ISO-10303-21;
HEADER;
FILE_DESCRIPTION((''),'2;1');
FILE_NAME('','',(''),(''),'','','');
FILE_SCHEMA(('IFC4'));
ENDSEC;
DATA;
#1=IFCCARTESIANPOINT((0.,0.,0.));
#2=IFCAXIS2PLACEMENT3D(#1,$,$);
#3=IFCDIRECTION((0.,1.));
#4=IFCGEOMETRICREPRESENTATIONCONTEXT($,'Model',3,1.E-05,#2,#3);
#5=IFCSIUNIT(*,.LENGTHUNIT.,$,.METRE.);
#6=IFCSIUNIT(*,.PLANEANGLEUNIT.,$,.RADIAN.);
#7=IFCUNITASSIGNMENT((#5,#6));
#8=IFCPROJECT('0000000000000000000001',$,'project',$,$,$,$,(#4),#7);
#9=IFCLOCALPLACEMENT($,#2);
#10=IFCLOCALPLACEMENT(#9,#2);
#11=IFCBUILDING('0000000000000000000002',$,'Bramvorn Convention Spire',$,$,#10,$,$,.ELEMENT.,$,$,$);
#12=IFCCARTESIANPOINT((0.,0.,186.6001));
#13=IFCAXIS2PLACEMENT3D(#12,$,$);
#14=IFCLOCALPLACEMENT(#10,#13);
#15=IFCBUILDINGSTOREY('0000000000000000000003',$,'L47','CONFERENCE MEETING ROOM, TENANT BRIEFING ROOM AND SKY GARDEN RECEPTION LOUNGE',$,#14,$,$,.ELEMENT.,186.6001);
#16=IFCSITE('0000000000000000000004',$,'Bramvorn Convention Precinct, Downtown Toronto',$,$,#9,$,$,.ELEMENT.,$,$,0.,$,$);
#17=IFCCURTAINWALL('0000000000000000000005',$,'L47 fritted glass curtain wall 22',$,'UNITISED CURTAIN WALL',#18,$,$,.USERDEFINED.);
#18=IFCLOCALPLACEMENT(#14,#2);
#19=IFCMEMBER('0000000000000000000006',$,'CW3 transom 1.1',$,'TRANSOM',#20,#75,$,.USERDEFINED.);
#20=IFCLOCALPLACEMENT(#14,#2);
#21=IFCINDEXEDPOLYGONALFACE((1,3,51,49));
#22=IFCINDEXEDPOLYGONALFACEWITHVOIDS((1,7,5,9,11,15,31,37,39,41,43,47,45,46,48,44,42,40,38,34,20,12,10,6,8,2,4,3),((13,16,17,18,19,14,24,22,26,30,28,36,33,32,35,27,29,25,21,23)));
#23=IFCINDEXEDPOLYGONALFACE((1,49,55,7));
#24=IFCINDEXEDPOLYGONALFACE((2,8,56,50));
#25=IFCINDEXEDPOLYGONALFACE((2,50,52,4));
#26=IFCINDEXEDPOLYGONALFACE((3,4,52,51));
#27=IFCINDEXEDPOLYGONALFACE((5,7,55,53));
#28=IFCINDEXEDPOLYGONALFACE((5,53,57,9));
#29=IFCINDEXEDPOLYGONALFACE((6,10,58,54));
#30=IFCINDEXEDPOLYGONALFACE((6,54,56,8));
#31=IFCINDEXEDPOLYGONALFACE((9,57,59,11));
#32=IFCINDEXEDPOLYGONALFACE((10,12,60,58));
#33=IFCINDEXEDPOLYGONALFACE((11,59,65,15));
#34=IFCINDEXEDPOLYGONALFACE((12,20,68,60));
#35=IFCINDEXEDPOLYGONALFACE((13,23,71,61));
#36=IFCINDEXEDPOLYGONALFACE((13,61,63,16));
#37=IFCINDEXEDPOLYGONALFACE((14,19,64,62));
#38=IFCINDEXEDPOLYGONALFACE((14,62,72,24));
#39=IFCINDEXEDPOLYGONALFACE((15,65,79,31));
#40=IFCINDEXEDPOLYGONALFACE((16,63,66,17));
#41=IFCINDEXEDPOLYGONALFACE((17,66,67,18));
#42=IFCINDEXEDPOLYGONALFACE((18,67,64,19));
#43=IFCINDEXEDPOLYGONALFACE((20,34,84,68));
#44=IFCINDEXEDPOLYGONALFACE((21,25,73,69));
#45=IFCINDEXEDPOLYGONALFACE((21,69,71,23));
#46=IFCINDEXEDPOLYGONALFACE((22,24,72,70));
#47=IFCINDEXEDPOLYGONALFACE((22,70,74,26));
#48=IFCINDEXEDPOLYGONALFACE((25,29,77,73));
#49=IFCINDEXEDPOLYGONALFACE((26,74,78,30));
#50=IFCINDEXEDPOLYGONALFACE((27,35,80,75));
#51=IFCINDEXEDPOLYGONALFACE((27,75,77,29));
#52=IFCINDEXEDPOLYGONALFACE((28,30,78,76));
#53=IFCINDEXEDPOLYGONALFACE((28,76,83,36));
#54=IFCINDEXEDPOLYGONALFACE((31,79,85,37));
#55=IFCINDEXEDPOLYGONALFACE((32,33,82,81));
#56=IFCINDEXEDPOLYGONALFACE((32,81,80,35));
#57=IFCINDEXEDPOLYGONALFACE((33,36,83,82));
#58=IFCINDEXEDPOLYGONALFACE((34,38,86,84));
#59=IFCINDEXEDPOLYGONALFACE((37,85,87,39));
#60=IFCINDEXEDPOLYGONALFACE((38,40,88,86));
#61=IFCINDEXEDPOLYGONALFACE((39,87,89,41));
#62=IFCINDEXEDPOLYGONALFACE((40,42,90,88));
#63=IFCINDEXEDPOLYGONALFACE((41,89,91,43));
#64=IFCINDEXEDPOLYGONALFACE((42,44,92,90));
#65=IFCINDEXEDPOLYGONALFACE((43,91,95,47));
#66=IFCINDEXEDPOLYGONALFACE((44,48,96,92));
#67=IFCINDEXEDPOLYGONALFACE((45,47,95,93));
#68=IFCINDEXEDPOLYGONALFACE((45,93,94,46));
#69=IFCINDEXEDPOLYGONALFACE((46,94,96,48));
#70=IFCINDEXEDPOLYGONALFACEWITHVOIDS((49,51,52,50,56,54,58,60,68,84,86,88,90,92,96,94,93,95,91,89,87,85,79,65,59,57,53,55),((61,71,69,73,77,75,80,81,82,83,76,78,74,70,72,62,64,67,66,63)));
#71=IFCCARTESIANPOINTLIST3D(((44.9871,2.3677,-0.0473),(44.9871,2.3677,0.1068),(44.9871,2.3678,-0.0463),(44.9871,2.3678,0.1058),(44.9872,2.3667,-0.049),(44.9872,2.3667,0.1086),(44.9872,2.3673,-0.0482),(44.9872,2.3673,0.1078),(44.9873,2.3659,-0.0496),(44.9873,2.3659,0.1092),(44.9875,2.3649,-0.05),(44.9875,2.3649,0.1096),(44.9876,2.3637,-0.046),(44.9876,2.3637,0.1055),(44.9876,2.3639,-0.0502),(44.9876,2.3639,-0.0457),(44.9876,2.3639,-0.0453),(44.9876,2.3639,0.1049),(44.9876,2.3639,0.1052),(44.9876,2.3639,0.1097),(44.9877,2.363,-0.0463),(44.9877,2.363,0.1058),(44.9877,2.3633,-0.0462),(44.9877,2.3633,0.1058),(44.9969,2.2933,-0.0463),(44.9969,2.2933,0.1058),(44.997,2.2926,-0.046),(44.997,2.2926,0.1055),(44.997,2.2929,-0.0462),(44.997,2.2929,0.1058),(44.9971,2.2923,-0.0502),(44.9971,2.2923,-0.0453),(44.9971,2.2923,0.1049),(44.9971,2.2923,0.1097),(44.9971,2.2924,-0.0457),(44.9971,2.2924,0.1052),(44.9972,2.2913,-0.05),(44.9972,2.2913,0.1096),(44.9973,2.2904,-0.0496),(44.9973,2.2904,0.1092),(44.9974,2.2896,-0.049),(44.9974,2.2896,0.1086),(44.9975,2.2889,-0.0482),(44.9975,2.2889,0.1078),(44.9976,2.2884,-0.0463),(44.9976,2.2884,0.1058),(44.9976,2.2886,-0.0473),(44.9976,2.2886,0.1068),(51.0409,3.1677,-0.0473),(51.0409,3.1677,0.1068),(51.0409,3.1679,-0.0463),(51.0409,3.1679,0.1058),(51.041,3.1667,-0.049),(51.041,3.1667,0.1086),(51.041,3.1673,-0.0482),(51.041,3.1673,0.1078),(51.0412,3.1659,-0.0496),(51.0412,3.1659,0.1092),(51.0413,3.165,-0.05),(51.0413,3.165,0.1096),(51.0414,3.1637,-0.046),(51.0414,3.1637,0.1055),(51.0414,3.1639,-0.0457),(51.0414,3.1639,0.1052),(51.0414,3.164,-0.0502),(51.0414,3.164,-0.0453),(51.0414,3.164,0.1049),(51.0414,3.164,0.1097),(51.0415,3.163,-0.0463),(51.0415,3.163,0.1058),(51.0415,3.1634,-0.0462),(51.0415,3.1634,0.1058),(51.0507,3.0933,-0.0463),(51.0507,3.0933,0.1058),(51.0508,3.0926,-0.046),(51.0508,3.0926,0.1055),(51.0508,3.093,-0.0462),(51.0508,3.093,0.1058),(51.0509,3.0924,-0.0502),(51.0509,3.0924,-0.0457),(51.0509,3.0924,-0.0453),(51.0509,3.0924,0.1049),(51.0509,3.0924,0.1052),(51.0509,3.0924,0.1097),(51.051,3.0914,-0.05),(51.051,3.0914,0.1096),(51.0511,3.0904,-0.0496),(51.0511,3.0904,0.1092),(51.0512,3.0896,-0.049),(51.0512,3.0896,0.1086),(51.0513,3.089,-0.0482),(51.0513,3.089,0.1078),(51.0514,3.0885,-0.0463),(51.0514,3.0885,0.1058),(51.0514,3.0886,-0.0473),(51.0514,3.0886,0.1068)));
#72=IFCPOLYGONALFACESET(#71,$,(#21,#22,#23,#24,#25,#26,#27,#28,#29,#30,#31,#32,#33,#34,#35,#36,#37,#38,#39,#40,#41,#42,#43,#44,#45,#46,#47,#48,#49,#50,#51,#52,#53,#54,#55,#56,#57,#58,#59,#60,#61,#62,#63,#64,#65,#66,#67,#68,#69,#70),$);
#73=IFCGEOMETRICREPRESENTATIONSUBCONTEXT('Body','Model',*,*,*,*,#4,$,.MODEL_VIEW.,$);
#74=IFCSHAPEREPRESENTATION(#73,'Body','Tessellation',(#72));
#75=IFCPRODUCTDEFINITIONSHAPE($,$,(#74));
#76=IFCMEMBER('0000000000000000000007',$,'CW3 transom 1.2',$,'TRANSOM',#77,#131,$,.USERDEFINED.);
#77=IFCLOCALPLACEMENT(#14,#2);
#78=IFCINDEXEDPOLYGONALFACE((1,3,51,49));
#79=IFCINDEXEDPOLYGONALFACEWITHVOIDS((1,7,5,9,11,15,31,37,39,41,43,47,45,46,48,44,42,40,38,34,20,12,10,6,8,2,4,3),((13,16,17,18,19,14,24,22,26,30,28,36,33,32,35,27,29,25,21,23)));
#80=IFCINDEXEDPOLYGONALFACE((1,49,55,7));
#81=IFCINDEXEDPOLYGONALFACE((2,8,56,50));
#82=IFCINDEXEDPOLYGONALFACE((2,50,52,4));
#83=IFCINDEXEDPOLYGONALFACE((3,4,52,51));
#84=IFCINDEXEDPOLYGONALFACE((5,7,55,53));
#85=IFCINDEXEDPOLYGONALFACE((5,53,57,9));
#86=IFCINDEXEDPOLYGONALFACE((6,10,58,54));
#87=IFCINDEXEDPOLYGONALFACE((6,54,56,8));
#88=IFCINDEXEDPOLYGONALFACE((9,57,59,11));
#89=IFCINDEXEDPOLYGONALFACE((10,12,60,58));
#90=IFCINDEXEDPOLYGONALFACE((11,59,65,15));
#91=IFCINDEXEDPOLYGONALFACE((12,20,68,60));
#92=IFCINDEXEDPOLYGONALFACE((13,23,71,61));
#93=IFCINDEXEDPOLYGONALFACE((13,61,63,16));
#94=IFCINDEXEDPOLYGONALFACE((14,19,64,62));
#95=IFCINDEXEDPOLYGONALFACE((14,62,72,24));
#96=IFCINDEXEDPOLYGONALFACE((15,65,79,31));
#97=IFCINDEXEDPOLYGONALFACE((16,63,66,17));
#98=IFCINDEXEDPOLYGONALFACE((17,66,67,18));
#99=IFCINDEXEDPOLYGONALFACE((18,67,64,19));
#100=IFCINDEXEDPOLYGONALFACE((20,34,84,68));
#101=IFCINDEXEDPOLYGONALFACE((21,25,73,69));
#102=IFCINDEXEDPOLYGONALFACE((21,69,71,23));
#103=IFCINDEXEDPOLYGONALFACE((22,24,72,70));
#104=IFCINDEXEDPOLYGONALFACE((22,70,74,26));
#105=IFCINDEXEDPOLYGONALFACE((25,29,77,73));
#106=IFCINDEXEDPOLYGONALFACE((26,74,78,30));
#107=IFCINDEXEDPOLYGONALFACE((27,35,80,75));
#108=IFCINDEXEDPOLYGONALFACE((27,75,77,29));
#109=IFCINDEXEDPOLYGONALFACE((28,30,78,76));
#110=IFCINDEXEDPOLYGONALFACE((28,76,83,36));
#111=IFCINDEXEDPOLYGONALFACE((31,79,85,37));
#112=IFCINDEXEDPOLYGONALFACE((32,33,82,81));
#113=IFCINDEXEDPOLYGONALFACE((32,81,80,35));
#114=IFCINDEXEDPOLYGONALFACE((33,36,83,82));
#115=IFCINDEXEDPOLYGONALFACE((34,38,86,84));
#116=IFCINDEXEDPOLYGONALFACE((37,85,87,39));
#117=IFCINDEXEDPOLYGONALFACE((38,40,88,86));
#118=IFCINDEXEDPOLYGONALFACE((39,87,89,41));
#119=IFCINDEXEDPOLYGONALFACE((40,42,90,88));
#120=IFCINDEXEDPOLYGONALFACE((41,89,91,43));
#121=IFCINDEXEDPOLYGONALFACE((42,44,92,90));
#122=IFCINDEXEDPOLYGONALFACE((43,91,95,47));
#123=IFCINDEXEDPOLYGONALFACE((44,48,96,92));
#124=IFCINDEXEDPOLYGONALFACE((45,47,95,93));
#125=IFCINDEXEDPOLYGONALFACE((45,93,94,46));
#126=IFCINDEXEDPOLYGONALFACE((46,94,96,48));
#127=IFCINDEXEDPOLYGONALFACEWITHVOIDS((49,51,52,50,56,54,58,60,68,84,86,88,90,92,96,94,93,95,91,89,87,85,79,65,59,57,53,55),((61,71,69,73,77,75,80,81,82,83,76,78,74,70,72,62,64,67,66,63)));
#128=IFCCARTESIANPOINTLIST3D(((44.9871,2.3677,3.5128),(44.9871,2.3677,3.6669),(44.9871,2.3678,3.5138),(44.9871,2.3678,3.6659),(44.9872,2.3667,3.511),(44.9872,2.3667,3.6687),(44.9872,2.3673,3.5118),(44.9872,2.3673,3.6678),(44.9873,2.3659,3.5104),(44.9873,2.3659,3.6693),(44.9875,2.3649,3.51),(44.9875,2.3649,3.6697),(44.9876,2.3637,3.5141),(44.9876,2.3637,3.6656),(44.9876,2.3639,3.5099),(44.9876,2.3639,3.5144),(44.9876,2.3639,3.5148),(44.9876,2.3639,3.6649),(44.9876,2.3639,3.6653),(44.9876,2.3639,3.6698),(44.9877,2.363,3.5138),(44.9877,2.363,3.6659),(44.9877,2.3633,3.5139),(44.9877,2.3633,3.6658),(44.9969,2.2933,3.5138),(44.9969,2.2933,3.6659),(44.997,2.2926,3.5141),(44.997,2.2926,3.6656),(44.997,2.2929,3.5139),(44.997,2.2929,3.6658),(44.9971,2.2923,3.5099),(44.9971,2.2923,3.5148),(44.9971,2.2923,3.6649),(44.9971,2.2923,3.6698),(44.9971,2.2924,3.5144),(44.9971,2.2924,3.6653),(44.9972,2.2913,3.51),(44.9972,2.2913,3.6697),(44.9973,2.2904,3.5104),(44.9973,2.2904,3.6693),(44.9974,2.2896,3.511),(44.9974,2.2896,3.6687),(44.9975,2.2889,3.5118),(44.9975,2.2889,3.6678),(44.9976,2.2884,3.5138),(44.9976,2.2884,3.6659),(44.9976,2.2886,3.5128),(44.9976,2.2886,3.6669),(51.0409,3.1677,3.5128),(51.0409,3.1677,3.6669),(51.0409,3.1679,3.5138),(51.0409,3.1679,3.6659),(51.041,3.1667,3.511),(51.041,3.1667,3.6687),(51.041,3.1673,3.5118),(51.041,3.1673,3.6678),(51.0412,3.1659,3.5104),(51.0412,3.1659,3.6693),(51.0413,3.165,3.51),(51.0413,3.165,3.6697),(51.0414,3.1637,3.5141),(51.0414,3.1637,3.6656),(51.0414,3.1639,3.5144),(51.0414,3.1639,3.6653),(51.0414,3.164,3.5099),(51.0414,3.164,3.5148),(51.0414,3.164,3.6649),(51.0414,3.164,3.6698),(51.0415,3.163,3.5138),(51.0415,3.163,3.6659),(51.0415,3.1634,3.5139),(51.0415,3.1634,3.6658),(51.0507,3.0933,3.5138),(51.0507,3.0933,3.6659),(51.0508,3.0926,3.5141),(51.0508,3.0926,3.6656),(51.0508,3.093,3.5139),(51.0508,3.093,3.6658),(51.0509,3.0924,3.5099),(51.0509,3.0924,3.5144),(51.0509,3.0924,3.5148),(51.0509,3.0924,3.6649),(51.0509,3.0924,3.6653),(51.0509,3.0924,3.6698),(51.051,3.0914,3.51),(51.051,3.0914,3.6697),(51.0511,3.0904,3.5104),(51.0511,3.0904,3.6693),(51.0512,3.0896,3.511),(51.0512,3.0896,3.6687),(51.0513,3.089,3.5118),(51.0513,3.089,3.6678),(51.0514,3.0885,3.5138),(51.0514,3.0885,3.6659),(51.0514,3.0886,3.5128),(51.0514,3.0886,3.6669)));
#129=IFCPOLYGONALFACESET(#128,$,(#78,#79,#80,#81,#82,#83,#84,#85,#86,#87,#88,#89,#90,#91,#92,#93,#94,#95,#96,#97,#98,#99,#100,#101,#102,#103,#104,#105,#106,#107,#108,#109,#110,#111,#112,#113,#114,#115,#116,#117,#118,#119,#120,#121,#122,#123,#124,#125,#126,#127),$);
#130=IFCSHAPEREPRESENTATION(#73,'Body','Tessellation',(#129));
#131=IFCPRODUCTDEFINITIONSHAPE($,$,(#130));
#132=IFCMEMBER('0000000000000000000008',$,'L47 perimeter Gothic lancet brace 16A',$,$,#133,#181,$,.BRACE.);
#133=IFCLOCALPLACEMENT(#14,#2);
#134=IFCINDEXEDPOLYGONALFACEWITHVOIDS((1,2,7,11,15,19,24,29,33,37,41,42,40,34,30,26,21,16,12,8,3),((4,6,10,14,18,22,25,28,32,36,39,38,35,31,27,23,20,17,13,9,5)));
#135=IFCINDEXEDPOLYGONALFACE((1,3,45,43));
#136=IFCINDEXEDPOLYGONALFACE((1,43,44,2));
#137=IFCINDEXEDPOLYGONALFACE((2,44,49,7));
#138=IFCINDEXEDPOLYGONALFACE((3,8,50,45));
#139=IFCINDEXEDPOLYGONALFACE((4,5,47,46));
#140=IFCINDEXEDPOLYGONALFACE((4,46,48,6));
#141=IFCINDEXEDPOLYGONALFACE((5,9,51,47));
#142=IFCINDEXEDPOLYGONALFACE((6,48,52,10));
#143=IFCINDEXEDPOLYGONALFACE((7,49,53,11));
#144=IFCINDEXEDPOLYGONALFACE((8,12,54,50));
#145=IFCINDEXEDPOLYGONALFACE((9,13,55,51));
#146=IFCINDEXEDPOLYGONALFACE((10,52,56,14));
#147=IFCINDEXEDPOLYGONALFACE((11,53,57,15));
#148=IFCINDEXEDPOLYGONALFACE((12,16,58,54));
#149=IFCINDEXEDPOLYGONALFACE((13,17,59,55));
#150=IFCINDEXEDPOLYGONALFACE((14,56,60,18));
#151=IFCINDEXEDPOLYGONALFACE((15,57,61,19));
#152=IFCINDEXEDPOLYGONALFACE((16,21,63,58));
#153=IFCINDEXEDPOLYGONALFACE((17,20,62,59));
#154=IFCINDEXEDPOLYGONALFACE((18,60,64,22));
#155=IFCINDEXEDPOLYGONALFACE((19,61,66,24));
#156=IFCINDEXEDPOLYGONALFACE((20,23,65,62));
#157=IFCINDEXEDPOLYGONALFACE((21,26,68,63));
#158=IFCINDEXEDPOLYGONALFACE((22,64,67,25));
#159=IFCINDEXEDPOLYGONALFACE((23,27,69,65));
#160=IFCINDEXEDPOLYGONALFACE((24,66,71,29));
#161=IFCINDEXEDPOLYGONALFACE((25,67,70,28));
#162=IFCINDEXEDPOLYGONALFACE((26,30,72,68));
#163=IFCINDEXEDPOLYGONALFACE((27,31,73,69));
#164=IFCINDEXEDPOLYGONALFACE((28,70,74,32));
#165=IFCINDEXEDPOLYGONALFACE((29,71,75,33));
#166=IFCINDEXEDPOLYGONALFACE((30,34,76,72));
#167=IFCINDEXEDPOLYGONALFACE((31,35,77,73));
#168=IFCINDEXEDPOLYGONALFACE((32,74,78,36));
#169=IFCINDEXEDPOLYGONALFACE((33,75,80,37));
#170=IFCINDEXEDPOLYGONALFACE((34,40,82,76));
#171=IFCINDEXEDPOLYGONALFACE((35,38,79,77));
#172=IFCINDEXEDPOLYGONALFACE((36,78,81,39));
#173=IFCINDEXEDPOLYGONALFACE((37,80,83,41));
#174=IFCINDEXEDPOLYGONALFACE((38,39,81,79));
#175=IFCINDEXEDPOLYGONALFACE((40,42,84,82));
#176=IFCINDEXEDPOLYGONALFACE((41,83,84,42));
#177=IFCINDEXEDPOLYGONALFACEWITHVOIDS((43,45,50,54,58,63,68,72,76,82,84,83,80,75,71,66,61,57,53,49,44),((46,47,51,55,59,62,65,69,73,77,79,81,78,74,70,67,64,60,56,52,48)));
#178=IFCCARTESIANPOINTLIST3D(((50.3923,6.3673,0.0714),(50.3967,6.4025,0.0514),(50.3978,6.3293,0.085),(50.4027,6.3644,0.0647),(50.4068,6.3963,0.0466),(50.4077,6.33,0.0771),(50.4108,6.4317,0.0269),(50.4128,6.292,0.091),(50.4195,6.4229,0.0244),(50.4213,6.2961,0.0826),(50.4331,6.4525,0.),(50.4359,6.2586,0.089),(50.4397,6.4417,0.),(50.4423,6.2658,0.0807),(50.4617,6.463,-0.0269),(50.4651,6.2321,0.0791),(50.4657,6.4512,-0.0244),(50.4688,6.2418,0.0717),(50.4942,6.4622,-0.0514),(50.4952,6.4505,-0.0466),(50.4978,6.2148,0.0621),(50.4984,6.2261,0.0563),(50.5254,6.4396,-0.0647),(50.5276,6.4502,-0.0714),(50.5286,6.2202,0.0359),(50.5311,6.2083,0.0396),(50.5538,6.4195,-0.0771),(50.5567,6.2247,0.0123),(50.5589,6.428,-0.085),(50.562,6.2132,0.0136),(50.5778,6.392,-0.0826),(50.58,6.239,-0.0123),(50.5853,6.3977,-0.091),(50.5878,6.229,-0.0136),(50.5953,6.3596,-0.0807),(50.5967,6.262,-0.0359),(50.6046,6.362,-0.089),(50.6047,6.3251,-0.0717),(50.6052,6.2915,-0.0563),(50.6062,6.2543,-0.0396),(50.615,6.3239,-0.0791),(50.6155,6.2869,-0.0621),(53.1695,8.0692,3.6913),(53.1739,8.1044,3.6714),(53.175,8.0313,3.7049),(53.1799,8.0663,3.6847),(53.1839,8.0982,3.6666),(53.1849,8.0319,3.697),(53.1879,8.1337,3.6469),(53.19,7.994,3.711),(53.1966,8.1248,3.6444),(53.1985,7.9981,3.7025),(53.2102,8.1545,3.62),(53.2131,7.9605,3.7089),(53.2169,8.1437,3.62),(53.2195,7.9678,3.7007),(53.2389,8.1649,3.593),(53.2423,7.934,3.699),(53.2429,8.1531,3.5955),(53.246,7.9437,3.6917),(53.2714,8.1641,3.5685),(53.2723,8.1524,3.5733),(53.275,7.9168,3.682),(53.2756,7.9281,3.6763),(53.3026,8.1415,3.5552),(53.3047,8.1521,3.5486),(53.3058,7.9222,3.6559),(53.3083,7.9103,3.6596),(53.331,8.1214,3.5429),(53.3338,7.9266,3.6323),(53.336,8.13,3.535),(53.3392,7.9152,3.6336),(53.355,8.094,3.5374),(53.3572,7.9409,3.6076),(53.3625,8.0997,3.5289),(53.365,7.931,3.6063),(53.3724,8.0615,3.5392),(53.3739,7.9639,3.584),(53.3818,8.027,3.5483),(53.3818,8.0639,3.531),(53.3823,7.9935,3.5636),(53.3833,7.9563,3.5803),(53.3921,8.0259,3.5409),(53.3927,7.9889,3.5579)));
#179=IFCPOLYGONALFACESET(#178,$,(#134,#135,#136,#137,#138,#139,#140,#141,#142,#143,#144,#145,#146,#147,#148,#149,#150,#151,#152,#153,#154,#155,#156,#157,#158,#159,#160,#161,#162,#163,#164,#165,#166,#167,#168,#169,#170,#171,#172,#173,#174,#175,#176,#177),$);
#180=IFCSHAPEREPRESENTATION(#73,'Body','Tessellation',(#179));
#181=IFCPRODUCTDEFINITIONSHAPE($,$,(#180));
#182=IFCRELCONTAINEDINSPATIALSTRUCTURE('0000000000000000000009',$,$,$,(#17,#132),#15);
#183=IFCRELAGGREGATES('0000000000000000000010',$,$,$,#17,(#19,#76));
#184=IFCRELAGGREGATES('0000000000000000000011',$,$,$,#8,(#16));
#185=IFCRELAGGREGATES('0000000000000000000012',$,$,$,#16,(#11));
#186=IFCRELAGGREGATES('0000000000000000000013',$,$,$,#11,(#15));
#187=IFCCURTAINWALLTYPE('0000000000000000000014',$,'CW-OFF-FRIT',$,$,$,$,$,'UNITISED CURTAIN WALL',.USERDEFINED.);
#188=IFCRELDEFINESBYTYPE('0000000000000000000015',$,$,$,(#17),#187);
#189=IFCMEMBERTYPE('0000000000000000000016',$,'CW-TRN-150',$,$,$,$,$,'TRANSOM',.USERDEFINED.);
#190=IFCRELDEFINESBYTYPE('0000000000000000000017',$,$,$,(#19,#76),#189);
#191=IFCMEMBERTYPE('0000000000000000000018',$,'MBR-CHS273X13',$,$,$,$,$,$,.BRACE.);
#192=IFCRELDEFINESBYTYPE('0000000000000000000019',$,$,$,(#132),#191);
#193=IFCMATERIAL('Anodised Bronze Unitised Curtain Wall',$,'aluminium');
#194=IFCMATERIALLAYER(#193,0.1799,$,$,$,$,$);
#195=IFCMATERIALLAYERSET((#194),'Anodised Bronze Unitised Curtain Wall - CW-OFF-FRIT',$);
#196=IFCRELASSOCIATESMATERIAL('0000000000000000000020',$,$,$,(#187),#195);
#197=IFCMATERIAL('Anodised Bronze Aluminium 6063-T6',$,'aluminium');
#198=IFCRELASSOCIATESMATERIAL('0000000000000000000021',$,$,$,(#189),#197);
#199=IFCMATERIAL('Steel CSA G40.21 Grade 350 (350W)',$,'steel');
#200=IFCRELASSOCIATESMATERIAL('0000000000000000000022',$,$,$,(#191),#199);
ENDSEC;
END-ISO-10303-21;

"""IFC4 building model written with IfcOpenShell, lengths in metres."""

from ifc_helpers import new_model, si_unit, direction, frame, origin, origin_2d, place, context, subcontext, project, spatial, hollow_rectangle, hollow_circle, extrude, material, layer, layer_set, material_profile, profile_set, type_object, element, aggregate, save


model = new_model("IFC4")

# Units and contexts
model_context = context("Model", 3, precision=1e-05, world=origin(), true_north=direction((0.0, 1.0)))
body_context = subcontext(model_context, "Body", "Model", "MODEL_VIEW")
ifc_project = project(units=[si_unit("LENGTHUNIT", "METRE"), si_unit("PLANEANGLEUNIT", "RADIAN")], contexts=[model_context])

# Site, building, storey
site_placement = place(None, origin())
site = spatial("IfcSite", under=ifc_project, at=site_placement, Name="Bramvorn Convention Precinct, Downtown Toronto", CompositionType="ELEMENT", RefElevation=0.0)
building_placement = place(site_placement, origin())
building = spatial("IfcBuilding", under=site, at=building_placement, Name="Bramvorn Convention Spire", CompositionType="ELEMENT")
storey_placement = place(building_placement, frame((0.0, 0.0, 186.6001)))
storey = spatial("IfcBuildingStorey", under=building, at=storey_placement, Name="L47", Description="CONFERENCE MEETING ROOM, TENANT BRIEFING ROOM AND SKY GARDEN RECEPTION LOUNGE", CompositionType="ELEMENT", Elevation=186.6001)

# Shared definitions
ifc_material_1 = material(Name="Steel CSA G40.21 Grade 350 (350W)", Category="steel")

# Shared definitions
ifc_material_2 = material(Name="Anodised Bronze Unitised Curtain Wall", Category="aluminium")
ifc_layer_1 = layer(ifc_material_2, 0.1799)
ifc_layer_set_1 = layer_set([ifc_layer_1], Name="Anodised Bronze Unitised Curtain Wall - CW-OFF-FRIT")
curtain_wall_type = type_object("IfcCurtainWallType", Name="CW-OFF-FRIT", ElementType="UNITISED CURTAIN WALL", PredefinedType="USERDEFINED", material=ifc_layer_set_1)
ifc_material_3 = material(Name="Anodised Bronze Aluminium 6063-T6", Category="aluminium")

# Curtain wall, members
curtain_wall_1_placement = place(storey_placement, origin())
curtain_wall_1 = element("IfcCurtainWall", 1, at=curtain_wall_1_placement, inside=storey, type_object=curtain_wall_type, Name="L47 fritted glass curtain wall 22", ObjectType="UNITISED CURTAIN WALL", PredefinedType="USERDEFINED")
ifc_material_profile_1 = material_profile(ifc_material_3, hollow_rectangle(XDim=0.0801, YDim=0.1599, WallThickness=0.0039, InnerFilletRadius=0.001, OuterFilletRadius=0.0039, at=origin_2d()))
ifc_profile_set_1 = profile_set([ifc_material_profile_1], Name="Anodised Bronze Aluminium 6063-T6 - CWT80X160")
member_type_1 = type_object("IfcMemberType", Name="CW-TRN-150", ElementType="TRANSOM", PredefinedType="USERDEFINED", material=ifc_profile_set_1)
member_1_placement = place(storey_placement, frame((51.0461, 3.1282, 0.0298), z_axis=(-0.99138, -0.131019, 0.0), x_axis=(0.131019, -0.99138, 0.0)))
member_1 = element("IfcMember", 2, at=member_1_placement, type_object=member_type_1, Name="CW3 transom 1.1", ObjectType="TRANSOM", PredefinedType="USERDEFINED", context=body_context, shape_type="SweptSolid", body=[
    extrude(hollow_rectangle(XDim=0.0801, YDim=0.1599, WallThickness=0.0039, InnerFilletRadius=0.001, OuterFilletRadius=0.0039, at=origin_2d()), origin(), (0.0, 0.0, 1.0), 6.1064),
])
member_2_placement = place(storey_placement, frame((51.0461, 3.1282, 3.5898), z_axis=(-0.99138, -0.131019, 0.0), x_axis=(0.131019, -0.99138, 0.0)))
member_2 = element("IfcMember", 3, at=member_2_placement, type_object=member_type_1, Name="CW3 transom 1.2", ObjectType="TRANSOM", PredefinedType="USERDEFINED", context=body_context, shape_type="SweptSolid", body=[
    extrude(hollow_rectangle(XDim=0.0801, YDim=0.1599, WallThickness=0.0039, InnerFilletRadius=0.001, OuterFilletRadius=0.0039, at=origin_2d()), origin(), (0.0, 0.0, 1.0), 6.1064),
])

# Member
ifc_material_profile_2 = material_profile(ifc_material_1, hollow_circle(Radius=0.1365, WallThickness=0.0127, at=origin_2d()))
ifc_profile_set_2 = profile_set([ifc_material_profile_2], Name="Steel CSA G40.21 Grade 350 (350W) - CHS273X13")
member_type_2 = type_object("IfcMemberType", Name="MBR-CHS273X13", PredefinedType="BRACE", material=ifc_profile_set_2)
member_3_placement = place(storey_placement, frame((50.5044, 6.3362, 0.0), z_axis=(0.570302, 0.349501, 0.743373), x_axis=(-0.52252, 0.852627, 0.0)))
element("IfcMember", 4, at=member_3_placement, inside=storey, type_object=member_type_2, Name="L47 perimeter Gothic lancet brace 16A", PredefinedType="BRACE", context=body_context, shape_type="SweptSolid", body=[
    extrude(hollow_circle(Radius=0.1365, WallThickness=0.0127, at=origin_2d()), origin(), (0.0, 0.0, 1.0), 4.8696),
])

aggregate(curtain_wall_1, [member_1, member_2])

save(model, "model.ifc")
